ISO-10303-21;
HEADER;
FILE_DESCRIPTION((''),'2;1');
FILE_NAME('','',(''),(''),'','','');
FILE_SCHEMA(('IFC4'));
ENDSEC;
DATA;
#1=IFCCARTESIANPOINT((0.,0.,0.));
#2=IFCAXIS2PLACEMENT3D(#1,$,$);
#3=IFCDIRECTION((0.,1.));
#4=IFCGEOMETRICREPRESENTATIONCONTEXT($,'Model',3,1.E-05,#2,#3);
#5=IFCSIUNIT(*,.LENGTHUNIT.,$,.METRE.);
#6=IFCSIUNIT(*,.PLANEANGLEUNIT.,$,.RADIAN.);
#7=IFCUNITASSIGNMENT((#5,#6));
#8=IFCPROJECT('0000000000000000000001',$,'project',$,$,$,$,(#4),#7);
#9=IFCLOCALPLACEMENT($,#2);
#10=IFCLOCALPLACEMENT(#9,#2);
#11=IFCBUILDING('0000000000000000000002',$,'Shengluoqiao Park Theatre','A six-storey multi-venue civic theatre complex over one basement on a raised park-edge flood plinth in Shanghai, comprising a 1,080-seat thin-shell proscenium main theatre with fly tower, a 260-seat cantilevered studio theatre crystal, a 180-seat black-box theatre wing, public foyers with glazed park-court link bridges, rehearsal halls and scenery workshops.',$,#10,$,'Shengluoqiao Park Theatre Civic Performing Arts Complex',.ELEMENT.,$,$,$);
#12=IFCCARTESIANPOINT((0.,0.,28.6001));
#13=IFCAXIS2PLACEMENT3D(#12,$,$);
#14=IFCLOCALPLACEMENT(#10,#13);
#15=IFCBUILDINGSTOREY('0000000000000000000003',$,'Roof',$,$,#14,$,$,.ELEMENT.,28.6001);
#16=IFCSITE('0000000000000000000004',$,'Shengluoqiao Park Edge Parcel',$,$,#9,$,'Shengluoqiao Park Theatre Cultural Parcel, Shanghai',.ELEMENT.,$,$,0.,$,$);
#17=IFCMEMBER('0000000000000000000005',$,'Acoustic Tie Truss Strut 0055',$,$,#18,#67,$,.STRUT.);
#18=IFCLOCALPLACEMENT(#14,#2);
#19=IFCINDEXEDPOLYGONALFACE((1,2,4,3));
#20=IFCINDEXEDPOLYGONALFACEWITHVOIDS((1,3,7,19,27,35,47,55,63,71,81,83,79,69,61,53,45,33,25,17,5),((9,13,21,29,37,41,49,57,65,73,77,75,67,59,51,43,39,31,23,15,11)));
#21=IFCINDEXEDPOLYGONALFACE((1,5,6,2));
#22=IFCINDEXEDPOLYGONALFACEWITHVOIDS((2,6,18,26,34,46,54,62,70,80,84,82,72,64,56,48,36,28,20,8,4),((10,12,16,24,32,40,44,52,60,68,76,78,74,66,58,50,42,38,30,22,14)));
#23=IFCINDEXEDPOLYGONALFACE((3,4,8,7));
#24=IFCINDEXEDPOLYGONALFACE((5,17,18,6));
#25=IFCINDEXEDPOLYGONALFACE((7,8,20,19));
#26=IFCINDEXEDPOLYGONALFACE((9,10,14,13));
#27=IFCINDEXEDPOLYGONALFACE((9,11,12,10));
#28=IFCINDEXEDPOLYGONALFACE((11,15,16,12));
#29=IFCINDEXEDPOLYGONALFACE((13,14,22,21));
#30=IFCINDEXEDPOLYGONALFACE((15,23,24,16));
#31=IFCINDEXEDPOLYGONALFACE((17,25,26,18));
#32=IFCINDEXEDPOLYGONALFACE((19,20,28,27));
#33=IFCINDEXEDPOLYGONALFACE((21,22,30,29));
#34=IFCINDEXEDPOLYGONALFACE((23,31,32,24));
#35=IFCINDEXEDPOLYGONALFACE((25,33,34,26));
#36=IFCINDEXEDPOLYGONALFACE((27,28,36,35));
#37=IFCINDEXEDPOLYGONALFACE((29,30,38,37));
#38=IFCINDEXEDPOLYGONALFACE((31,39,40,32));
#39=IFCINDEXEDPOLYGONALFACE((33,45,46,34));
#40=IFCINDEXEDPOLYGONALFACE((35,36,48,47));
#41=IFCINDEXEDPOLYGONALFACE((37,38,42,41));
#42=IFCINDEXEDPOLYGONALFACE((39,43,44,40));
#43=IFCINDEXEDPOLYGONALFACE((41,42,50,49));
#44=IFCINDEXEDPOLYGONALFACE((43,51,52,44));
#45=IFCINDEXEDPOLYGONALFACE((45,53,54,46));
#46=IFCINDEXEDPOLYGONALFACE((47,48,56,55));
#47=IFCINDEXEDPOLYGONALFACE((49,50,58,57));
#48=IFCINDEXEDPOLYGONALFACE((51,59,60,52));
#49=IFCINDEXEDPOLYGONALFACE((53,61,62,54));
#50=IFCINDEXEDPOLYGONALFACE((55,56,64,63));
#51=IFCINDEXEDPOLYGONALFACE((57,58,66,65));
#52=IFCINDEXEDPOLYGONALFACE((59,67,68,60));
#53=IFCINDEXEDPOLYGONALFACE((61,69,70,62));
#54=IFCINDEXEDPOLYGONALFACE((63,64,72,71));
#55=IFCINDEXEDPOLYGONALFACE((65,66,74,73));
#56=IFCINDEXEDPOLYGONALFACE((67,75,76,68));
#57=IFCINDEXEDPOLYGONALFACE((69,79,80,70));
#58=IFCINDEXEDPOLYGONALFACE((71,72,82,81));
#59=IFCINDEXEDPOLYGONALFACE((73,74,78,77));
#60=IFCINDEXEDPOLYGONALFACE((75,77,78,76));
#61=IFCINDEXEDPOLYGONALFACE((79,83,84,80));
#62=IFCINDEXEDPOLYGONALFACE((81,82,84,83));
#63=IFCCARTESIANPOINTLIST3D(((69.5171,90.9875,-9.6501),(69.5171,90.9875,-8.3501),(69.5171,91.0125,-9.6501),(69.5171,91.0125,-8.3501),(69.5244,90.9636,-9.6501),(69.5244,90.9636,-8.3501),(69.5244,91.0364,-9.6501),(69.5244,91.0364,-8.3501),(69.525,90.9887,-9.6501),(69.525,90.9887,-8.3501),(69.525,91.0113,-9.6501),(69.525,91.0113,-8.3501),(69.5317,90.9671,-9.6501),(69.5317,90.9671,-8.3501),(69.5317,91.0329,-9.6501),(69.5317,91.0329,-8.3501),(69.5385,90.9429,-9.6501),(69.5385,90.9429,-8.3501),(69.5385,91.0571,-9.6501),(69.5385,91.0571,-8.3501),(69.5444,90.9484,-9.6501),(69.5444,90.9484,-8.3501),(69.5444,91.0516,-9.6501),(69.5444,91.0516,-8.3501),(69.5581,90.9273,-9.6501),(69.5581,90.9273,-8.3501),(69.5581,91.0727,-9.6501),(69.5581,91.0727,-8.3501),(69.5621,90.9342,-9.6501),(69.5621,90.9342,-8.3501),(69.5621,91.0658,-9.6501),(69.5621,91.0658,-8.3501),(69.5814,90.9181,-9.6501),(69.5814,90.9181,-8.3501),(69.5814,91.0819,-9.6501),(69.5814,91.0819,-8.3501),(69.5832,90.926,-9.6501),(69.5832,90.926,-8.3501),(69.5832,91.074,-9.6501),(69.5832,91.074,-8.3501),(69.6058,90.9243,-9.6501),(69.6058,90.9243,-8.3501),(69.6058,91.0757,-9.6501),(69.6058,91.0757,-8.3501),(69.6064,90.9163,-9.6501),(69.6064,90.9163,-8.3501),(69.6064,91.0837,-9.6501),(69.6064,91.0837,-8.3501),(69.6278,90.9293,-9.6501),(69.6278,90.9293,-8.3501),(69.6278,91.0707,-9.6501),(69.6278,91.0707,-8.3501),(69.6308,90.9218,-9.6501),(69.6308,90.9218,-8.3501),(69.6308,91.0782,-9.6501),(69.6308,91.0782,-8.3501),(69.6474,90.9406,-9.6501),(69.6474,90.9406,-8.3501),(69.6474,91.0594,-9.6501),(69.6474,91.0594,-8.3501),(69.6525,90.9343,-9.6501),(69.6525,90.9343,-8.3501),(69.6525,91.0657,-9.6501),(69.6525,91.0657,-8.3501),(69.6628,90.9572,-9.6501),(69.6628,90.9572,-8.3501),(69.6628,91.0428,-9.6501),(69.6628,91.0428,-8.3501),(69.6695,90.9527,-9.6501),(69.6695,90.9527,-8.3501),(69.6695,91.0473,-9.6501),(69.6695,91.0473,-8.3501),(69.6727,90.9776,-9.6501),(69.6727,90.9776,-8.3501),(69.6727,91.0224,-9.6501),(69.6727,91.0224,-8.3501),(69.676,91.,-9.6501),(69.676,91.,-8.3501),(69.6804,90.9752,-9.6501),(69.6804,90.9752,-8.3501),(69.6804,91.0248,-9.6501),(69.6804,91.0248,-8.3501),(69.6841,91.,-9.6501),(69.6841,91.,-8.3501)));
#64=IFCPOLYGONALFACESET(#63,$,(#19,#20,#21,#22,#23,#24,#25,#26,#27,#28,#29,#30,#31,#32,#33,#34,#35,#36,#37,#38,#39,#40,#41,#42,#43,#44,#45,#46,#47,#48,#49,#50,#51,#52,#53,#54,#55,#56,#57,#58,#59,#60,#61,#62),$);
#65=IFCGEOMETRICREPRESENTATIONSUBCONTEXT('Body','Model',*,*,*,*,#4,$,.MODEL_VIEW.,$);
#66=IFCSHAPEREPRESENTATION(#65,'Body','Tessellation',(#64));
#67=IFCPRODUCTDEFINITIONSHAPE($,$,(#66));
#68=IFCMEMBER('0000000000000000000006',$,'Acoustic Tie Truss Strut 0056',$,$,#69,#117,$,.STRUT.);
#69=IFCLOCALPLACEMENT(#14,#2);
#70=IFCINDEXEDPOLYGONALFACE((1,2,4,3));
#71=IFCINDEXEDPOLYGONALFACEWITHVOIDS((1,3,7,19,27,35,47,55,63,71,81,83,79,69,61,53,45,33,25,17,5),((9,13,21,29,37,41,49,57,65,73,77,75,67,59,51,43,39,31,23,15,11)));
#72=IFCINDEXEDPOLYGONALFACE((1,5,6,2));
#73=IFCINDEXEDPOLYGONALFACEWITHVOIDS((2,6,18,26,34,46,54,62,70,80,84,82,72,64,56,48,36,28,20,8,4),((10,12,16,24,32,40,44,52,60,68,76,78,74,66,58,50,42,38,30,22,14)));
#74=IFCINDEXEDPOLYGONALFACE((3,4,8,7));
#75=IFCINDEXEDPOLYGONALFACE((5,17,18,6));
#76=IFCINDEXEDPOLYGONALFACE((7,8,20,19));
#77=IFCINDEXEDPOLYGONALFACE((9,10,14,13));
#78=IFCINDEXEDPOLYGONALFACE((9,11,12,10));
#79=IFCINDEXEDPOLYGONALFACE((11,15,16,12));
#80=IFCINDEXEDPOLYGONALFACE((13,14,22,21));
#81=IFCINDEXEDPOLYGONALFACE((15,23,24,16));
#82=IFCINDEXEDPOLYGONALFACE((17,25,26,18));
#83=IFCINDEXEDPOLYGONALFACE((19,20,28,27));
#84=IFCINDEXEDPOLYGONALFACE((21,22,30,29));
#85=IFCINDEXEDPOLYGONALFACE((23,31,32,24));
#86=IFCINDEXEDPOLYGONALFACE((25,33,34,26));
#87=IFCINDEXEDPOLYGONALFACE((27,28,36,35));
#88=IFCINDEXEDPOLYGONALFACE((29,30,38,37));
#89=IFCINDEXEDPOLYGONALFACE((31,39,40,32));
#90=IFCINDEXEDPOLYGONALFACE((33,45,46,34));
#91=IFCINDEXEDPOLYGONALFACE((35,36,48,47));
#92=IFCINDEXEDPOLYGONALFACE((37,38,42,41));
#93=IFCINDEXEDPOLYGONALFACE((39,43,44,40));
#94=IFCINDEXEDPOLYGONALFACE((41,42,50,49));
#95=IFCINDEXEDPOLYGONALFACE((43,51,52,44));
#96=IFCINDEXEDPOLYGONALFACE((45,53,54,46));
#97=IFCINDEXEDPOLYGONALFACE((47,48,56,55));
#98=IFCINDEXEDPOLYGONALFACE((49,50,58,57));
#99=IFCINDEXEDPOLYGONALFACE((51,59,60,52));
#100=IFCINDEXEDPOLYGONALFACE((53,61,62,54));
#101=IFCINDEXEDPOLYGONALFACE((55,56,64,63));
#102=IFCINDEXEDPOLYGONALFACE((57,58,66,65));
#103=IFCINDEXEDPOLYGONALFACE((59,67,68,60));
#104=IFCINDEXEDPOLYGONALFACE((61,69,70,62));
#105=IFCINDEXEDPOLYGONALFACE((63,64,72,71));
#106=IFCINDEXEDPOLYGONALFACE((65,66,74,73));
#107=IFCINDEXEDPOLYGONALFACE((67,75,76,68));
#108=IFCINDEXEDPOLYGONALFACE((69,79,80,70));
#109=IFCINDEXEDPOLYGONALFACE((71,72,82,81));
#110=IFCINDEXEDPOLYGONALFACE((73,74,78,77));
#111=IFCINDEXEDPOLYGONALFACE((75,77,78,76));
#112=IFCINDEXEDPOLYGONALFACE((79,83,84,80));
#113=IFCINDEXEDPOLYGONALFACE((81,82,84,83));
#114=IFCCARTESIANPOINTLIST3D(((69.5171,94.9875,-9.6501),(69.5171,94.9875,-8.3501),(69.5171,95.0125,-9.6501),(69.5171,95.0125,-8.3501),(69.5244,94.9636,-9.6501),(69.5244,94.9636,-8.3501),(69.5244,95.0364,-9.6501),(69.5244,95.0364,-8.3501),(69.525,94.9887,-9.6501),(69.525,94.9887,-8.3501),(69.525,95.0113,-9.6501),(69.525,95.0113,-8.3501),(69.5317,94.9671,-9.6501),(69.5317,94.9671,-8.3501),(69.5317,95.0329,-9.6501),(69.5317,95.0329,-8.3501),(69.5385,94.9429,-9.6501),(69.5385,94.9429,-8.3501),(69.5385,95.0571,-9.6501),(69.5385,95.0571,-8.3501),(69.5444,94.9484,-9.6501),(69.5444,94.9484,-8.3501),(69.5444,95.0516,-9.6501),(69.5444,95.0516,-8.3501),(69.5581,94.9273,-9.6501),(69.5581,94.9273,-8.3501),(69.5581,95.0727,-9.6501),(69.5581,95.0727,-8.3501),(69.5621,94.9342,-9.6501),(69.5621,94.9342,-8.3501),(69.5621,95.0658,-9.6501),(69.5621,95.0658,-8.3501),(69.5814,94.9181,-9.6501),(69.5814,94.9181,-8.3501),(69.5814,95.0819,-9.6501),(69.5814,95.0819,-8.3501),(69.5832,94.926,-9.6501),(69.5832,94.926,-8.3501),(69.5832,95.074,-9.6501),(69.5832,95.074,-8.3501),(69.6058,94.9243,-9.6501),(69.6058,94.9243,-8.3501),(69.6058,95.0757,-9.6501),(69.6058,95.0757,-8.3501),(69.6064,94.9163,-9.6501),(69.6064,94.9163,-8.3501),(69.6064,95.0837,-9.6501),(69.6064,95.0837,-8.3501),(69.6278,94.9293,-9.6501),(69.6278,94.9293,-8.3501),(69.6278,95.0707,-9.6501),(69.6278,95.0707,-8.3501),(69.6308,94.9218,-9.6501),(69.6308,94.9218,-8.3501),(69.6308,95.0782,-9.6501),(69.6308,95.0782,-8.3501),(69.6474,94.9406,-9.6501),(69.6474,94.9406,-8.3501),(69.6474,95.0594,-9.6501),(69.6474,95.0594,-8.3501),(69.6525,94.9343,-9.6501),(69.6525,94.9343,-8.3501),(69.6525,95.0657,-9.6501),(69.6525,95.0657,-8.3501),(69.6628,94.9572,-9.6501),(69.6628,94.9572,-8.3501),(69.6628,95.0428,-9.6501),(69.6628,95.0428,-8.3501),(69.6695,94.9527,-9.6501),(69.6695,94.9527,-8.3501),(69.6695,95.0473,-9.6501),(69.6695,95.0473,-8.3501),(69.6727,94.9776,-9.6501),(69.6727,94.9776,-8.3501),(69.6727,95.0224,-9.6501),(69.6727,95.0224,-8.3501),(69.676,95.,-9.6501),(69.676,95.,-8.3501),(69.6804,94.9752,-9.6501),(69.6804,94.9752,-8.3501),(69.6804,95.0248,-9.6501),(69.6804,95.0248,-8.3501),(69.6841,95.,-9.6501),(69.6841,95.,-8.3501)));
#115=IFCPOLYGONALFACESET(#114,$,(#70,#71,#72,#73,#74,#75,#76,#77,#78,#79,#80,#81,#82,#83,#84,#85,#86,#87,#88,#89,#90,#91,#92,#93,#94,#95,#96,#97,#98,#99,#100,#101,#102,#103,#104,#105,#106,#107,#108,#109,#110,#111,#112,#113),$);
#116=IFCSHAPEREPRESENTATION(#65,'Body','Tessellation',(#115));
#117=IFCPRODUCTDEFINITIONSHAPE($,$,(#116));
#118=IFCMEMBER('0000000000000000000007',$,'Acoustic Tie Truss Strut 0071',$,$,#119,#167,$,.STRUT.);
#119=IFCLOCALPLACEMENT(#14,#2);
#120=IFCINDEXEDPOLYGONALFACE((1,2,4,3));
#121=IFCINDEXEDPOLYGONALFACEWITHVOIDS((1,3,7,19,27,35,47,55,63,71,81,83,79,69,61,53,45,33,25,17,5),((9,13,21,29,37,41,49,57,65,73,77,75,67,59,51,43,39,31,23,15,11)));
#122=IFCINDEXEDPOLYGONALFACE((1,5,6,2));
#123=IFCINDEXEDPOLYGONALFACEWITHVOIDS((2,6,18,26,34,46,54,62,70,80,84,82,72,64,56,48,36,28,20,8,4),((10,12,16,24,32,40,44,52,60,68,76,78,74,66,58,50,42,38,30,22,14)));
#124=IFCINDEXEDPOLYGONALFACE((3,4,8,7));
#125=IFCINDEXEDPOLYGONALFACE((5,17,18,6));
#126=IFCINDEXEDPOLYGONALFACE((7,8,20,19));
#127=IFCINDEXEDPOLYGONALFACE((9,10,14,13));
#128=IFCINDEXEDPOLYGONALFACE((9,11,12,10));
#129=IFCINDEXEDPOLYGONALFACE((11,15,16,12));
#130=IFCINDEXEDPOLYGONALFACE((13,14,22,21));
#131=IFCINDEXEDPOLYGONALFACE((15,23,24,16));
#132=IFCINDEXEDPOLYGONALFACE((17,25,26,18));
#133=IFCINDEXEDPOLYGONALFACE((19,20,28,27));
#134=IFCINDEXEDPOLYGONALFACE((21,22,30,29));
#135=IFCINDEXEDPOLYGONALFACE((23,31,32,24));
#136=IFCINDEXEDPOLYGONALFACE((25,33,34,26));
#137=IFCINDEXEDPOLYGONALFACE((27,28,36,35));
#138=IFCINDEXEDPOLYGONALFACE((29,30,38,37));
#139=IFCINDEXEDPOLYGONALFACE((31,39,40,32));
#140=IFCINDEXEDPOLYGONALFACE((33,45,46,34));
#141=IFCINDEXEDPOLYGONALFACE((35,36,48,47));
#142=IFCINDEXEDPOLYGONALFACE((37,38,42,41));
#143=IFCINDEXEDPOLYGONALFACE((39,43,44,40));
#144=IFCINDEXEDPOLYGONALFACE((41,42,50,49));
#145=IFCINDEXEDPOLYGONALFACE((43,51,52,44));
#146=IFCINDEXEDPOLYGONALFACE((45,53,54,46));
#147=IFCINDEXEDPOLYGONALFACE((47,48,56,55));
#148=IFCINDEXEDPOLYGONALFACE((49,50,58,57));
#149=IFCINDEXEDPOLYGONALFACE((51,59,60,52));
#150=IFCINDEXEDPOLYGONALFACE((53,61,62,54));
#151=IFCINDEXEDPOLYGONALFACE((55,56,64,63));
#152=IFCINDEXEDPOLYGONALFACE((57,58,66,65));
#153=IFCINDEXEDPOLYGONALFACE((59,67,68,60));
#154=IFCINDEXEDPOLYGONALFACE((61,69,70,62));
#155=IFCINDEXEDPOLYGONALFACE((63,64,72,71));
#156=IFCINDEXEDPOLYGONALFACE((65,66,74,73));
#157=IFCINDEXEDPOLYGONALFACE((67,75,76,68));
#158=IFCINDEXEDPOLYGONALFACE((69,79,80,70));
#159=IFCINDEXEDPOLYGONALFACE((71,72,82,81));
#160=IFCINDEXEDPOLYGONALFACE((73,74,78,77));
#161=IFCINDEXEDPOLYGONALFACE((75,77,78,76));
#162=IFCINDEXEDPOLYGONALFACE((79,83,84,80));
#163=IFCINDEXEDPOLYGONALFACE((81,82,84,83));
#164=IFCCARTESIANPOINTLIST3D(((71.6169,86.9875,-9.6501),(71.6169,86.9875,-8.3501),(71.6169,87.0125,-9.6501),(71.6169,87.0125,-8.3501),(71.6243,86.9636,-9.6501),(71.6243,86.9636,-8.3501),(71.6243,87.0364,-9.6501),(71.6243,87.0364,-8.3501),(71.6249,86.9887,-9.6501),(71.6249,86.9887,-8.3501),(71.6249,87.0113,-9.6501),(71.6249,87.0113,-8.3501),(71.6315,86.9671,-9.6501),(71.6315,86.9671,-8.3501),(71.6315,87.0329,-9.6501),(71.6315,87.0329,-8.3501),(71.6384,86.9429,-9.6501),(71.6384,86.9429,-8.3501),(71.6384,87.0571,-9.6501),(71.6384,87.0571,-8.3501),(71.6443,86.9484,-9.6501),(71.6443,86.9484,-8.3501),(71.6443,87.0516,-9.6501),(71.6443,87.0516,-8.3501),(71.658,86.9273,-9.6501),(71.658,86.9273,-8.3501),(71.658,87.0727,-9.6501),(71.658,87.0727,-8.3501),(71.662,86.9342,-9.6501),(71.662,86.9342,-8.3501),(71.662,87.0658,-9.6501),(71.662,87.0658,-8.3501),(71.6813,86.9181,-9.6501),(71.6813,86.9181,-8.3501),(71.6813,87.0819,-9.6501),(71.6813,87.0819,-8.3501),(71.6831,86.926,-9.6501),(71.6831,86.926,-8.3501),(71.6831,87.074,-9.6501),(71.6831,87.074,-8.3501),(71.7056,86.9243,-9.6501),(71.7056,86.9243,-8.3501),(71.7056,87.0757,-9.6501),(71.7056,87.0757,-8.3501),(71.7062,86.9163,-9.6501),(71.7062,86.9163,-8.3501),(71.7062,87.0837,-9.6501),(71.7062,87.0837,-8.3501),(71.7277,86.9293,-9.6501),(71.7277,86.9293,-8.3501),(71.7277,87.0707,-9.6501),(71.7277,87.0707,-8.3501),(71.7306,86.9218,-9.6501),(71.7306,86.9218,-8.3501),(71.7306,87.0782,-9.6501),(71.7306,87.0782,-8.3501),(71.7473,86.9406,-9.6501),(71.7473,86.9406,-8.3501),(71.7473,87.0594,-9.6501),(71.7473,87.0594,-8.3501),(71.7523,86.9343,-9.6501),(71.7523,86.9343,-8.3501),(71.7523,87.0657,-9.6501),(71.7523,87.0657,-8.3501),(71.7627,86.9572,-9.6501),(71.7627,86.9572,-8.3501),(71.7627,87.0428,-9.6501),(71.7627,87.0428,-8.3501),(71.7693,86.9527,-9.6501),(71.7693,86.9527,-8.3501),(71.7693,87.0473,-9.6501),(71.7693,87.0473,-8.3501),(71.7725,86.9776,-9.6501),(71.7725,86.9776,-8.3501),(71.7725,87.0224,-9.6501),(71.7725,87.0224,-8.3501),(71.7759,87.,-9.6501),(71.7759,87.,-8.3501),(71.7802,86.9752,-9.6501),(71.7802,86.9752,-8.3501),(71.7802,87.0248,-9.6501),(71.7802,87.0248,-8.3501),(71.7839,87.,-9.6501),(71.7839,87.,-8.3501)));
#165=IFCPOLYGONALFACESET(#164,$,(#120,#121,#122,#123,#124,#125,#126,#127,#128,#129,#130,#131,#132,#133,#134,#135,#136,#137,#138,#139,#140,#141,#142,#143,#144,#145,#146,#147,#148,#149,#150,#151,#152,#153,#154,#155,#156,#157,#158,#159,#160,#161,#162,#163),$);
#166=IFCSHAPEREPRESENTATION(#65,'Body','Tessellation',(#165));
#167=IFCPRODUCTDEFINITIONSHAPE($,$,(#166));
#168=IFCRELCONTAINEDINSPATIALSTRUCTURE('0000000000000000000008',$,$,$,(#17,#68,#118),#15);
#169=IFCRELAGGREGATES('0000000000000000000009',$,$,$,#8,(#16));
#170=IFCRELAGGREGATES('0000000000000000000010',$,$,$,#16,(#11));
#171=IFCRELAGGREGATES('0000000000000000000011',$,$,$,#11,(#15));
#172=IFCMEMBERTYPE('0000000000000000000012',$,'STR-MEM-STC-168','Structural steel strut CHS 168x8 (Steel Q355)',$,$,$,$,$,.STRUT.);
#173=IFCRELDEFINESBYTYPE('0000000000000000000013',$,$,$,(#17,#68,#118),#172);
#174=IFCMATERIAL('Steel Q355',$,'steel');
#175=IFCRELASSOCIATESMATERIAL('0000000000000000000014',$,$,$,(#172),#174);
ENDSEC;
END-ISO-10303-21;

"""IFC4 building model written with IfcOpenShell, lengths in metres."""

from ifc_helpers import new_model, si_unit, direction, frame, origin, origin_2d, place, context, subcontext, project, spatial, hollow_circle, extrude, material, material_profile, profile_set, type_object, element, save


model = new_model("IFC4")

# Units and contexts
model_context = context("Model", 3, precision=1e-05, world=origin(), true_north=direction((0.0, 1.0)))
body_context = subcontext(model_context, "Body", "Model", "MODEL_VIEW")
ifc_project = project(units=[si_unit("LENGTHUNIT", "METRE"), si_unit("PLANEANGLEUNIT", "RADIAN")], contexts=[model_context])

# Site, building, storey
site_placement = place(None, origin())
site = spatial("IfcSite", under=ifc_project, at=site_placement, Name="Shengluoqiao Park Edge Parcel", LongName="Shengluoqiao Park Theatre Cultural Parcel, Shanghai", CompositionType="ELEMENT", RefElevation=0.0)
building_placement = place(site_placement, origin())
building = spatial("IfcBuilding", under=site, at=building_placement, Name="Shengluoqiao Park Theatre", Description="A six-storey multi-venue civic theatre complex over one basement on a raised park-edge flood plinth in Shanghai, comprising a 1,080-seat thin-shell proscenium main theatre with fly tower, a 260-seat cantilevered studio theatre crystal, a 180-seat black-box theatre wing, public foyers with glazed park-court link bridges, rehearsal halls and scenery workshops.", LongName="Shengluoqiao Park Theatre Civic Performing Arts Complex", CompositionType="ELEMENT")
storey_placement = place(building_placement, frame((0.0, 0.0, 28.6001)))
storey = spatial("IfcBuildingStorey", under=building, at=storey_placement, Name="Roof", CompositionType="ELEMENT", Elevation=28.6001)

# Shared definitions
ifc_material = material(Name="Steel Q355", Category="steel")

# Members
ifc_material_profile_1 = material_profile(ifc_material, hollow_circle(Radius=0.084, WallThickness=0.0081, at=origin_2d()), Name="CHS 168x8")
ifc_profile_set_1 = profile_set([ifc_material_profile_1], Name="Steel Q355")
member_type_1 = type_object("IfcMemberType", Name="STR-MEM-STC-168", Description="Structural steel strut CHS 168x8 (Steel Q355)", PredefinedType="STRUT", material=ifc_profile_set_1)
for number, where, z_axis, x_axis, name in (
    (1, (69.6001, 91.0, -9.6501), (0.0, 0.0, 1.0), (1.0, 0.0, 0.0), "Acoustic Tie Truss Strut 0055"),
    (2, (69.6001, 95.0, -9.6501), (0.0, 0.0, 1.0), (1.0, 0.0, 0.0), "Acoustic Tie Truss Strut 0056"),
    (3, (71.7, 87.0, -9.6501), (0.0, 0.0, 1.0), (1.0, 0.0, 0.0), "Acoustic Tie Truss Strut 0071"),
):
    element("IfcMember", number, at=place(storey_placement, frame(where, z_axis=z_axis, x_axis=x_axis)), inside=storey, type_object=member_type_1, Name=name, PredefinedType="STRUT", context=body_context, shape_type="SweptSolid", body=[
        extrude(hollow_circle(Radius=0.084, WallThickness=0.0081, at=origin_2d()), origin(), (0.0, 0.0, 1.0), 1.3),
    ])

save(model, "model.ifc")
